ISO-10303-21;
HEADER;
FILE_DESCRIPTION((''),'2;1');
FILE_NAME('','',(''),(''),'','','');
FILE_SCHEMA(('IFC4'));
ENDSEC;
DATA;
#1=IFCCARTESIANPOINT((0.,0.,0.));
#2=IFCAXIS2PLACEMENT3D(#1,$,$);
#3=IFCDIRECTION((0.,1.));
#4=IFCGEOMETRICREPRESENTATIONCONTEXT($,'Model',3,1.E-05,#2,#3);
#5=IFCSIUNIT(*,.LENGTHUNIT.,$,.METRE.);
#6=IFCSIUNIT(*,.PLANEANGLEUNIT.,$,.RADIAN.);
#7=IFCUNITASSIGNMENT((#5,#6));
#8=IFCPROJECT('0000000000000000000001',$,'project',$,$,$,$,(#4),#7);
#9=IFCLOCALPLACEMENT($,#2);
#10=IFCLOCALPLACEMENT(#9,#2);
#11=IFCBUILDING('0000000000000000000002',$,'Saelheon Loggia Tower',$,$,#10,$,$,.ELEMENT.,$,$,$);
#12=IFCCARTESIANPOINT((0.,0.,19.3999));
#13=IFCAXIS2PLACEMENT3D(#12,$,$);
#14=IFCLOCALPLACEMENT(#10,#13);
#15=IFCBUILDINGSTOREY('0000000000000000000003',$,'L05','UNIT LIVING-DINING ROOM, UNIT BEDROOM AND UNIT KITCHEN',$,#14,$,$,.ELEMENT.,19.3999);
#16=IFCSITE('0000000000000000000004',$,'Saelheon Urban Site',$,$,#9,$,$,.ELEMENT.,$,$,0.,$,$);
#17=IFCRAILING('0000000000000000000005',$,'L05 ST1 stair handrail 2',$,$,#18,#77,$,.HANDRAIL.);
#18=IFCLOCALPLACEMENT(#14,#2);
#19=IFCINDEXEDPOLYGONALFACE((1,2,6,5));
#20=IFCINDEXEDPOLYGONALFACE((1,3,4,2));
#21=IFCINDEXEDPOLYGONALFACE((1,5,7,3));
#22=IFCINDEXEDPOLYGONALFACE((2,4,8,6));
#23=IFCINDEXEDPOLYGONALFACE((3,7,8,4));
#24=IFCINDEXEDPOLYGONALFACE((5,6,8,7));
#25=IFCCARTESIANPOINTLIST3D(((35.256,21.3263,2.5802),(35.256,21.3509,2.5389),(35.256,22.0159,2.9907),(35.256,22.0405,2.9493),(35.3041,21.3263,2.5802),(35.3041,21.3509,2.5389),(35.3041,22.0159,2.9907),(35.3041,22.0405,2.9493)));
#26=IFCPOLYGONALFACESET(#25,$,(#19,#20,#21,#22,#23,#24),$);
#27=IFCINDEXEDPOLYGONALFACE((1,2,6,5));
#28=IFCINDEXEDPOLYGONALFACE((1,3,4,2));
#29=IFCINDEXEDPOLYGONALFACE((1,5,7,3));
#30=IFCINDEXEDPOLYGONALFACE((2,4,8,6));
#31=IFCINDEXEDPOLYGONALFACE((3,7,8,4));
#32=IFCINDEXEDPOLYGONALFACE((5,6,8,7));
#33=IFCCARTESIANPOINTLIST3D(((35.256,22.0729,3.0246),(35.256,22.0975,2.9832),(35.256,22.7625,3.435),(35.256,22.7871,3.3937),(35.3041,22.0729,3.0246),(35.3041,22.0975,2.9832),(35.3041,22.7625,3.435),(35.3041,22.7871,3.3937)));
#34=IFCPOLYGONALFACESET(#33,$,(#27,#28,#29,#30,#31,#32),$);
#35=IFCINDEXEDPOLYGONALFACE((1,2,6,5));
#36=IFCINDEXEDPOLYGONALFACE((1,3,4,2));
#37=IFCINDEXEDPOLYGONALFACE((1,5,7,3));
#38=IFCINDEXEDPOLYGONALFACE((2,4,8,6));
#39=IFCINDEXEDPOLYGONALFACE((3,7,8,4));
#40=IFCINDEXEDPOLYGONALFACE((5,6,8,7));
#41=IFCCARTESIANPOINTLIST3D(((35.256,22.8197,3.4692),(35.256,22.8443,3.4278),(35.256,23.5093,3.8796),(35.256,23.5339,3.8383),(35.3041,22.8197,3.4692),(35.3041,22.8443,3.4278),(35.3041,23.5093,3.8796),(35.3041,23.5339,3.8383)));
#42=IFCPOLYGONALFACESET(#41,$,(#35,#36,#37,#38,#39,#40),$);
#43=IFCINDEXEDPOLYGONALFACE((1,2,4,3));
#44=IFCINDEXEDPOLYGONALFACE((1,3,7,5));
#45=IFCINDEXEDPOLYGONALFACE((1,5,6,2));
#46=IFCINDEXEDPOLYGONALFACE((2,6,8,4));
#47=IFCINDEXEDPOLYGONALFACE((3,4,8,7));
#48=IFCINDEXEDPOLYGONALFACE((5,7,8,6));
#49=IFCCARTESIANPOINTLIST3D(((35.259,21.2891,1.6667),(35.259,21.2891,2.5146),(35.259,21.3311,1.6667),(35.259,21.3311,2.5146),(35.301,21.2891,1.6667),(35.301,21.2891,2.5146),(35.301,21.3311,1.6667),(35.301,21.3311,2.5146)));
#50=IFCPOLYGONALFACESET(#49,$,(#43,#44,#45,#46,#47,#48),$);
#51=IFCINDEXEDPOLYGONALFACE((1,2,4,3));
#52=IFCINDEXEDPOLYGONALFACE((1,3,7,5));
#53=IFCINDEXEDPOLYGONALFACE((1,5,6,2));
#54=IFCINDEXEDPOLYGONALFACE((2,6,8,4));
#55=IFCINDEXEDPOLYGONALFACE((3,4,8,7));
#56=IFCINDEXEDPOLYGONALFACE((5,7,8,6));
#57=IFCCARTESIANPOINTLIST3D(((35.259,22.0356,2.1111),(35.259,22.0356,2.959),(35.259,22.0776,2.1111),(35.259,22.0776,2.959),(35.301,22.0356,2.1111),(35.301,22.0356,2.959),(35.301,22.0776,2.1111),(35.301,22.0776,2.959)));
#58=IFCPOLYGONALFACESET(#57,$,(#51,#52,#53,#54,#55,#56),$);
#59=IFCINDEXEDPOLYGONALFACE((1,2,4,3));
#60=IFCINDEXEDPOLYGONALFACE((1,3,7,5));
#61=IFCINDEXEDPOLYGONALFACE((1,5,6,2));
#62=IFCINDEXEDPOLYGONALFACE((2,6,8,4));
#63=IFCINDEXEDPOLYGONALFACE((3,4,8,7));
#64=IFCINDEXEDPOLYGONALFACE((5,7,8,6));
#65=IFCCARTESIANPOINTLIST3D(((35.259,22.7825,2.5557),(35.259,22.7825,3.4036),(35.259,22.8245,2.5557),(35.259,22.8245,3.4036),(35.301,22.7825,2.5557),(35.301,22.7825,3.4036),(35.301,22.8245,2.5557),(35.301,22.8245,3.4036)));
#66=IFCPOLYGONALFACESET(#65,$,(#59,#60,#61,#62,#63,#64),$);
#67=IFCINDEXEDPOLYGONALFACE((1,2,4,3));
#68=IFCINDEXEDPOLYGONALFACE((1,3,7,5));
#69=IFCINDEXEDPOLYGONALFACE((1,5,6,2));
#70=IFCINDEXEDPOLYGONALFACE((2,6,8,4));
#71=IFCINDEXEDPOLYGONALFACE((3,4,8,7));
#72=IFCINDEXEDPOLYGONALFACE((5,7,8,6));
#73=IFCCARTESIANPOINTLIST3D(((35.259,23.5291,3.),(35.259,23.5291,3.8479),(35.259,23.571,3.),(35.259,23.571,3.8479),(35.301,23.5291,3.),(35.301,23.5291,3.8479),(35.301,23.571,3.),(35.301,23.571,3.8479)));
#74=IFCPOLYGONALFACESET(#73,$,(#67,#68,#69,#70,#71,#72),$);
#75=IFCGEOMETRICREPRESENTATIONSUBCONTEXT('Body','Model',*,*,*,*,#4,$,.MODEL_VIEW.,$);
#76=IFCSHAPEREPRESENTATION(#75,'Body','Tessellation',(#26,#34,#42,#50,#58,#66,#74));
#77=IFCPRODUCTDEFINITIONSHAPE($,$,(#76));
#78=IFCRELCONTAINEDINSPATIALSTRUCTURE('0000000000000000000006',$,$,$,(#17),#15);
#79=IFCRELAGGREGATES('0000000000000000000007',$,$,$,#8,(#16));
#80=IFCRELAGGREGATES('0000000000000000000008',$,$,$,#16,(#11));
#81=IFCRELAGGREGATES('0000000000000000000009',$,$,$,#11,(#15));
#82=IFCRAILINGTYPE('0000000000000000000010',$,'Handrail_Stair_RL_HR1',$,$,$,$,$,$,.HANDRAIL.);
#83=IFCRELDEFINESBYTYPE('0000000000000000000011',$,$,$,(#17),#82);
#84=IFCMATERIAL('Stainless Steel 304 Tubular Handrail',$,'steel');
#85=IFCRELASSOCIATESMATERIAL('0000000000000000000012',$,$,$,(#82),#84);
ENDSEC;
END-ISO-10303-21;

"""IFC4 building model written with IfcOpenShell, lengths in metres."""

from ifc_helpers import new_model, si_unit, direction, frame, origin, origin_2d, place, context, subcontext, project, spatial, rectangle, extrude, material, type_object, element, save


model = new_model("IFC4")

# Units and contexts
model_context = context("Model", 3, precision=1e-05, world=origin(), true_north=direction((0.0, 1.0)))
body_context = subcontext(model_context, "Body", "Model", "MODEL_VIEW")
ifc_project = project(units=[si_unit("LENGTHUNIT", "METRE"), si_unit("PLANEANGLEUNIT", "RADIAN")], contexts=[model_context])

# Site, building, storey
site_placement = place(None, origin())
site = spatial("IfcSite", under=ifc_project, at=site_placement, Name="Saelheon Urban Site", CompositionType="ELEMENT", RefElevation=0.0)
building_placement = place(site_placement, origin())
building = spatial("IfcBuilding", under=site, at=building_placement, Name="Saelheon Loggia Tower", CompositionType="ELEMENT")
storey_placement = place(building_placement, frame((0.0, 0.0, 19.3999)))
storey = spatial("IfcBuildingStorey", under=building, at=storey_placement, Name="L05", Description="UNIT LIVING-DINING ROOM, UNIT BEDROOM AND UNIT KITCHEN", CompositionType="ELEMENT", Elevation=19.3999)

# Railing
ifc_material_1 = material(Name="Stainless Steel 304 Tubular Handrail", Category="steel")
railing_type_1 = type_object("IfcRailingType", Name="Handrail_Stair_RL_HR1", PredefinedType="HANDRAIL", material=ifc_material_1)
railing_1_placement = place(storey_placement, frame((35.28, 21.3101, 1.6667)))
element("IfcRailing", 1, at=railing_1_placement, inside=storey, type_object=railing_type_1, Name="L05 ST1 stair handrail 2", PredefinedType="HANDRAIL", context=body_context, shape_type="SweptSolid", body=[
    extrude(rectangle(XDim=0.0481, YDim=0.0481, at=origin_2d()), frame((0.0, 0.0286, 0.8928), z_axis=(0.0, 0.859306, 0.511462), x_axis=(-1.0, 0.0, 0.0)), (0.0, 0.0, 1.0), 0.8025),
    extrude(rectangle(XDim=0.0481, YDim=0.0481, at=origin_2d()), frame((0.0, 0.7751, 1.3372), z_axis=(0.0, 0.859306, 0.511462), x_axis=(-1.0, 0.0, 0.0)), (0.0, 0.0, 1.0), 0.8025),
    extrude(rectangle(XDim=0.0481, YDim=0.0481, at=origin_2d()), frame((0.0, 1.522, 1.7817), z_axis=(0.0, 0.859306, 0.511462), x_axis=(-1.0, 0.0, 0.0)), (0.0, 0.0, 1.0), 0.8025),
    extrude(rectangle(XDim=0.042, YDim=0.042, at=origin_2d()), origin(), (0.0, 0.0, 1.0), 0.8479),
    extrude(rectangle(XDim=0.042, YDim=0.042, at=origin_2d()), frame((0.0, 0.7466, 0.4443)), (0.0, 0.0, 1.0), 0.8479),
    extrude(rectangle(XDim=0.042, YDim=0.042, at=origin_2d()), frame((0.0, 1.4934, 0.8889)), (0.0, 0.0, 1.0), 0.8479),
    extrude(rectangle(XDim=0.042, YDim=0.042, at=origin_2d()), frame((0.0, 2.24, 1.3333)), (0.0, 0.0, 1.0), 0.8479),
])

save(model, "model.ifc")
